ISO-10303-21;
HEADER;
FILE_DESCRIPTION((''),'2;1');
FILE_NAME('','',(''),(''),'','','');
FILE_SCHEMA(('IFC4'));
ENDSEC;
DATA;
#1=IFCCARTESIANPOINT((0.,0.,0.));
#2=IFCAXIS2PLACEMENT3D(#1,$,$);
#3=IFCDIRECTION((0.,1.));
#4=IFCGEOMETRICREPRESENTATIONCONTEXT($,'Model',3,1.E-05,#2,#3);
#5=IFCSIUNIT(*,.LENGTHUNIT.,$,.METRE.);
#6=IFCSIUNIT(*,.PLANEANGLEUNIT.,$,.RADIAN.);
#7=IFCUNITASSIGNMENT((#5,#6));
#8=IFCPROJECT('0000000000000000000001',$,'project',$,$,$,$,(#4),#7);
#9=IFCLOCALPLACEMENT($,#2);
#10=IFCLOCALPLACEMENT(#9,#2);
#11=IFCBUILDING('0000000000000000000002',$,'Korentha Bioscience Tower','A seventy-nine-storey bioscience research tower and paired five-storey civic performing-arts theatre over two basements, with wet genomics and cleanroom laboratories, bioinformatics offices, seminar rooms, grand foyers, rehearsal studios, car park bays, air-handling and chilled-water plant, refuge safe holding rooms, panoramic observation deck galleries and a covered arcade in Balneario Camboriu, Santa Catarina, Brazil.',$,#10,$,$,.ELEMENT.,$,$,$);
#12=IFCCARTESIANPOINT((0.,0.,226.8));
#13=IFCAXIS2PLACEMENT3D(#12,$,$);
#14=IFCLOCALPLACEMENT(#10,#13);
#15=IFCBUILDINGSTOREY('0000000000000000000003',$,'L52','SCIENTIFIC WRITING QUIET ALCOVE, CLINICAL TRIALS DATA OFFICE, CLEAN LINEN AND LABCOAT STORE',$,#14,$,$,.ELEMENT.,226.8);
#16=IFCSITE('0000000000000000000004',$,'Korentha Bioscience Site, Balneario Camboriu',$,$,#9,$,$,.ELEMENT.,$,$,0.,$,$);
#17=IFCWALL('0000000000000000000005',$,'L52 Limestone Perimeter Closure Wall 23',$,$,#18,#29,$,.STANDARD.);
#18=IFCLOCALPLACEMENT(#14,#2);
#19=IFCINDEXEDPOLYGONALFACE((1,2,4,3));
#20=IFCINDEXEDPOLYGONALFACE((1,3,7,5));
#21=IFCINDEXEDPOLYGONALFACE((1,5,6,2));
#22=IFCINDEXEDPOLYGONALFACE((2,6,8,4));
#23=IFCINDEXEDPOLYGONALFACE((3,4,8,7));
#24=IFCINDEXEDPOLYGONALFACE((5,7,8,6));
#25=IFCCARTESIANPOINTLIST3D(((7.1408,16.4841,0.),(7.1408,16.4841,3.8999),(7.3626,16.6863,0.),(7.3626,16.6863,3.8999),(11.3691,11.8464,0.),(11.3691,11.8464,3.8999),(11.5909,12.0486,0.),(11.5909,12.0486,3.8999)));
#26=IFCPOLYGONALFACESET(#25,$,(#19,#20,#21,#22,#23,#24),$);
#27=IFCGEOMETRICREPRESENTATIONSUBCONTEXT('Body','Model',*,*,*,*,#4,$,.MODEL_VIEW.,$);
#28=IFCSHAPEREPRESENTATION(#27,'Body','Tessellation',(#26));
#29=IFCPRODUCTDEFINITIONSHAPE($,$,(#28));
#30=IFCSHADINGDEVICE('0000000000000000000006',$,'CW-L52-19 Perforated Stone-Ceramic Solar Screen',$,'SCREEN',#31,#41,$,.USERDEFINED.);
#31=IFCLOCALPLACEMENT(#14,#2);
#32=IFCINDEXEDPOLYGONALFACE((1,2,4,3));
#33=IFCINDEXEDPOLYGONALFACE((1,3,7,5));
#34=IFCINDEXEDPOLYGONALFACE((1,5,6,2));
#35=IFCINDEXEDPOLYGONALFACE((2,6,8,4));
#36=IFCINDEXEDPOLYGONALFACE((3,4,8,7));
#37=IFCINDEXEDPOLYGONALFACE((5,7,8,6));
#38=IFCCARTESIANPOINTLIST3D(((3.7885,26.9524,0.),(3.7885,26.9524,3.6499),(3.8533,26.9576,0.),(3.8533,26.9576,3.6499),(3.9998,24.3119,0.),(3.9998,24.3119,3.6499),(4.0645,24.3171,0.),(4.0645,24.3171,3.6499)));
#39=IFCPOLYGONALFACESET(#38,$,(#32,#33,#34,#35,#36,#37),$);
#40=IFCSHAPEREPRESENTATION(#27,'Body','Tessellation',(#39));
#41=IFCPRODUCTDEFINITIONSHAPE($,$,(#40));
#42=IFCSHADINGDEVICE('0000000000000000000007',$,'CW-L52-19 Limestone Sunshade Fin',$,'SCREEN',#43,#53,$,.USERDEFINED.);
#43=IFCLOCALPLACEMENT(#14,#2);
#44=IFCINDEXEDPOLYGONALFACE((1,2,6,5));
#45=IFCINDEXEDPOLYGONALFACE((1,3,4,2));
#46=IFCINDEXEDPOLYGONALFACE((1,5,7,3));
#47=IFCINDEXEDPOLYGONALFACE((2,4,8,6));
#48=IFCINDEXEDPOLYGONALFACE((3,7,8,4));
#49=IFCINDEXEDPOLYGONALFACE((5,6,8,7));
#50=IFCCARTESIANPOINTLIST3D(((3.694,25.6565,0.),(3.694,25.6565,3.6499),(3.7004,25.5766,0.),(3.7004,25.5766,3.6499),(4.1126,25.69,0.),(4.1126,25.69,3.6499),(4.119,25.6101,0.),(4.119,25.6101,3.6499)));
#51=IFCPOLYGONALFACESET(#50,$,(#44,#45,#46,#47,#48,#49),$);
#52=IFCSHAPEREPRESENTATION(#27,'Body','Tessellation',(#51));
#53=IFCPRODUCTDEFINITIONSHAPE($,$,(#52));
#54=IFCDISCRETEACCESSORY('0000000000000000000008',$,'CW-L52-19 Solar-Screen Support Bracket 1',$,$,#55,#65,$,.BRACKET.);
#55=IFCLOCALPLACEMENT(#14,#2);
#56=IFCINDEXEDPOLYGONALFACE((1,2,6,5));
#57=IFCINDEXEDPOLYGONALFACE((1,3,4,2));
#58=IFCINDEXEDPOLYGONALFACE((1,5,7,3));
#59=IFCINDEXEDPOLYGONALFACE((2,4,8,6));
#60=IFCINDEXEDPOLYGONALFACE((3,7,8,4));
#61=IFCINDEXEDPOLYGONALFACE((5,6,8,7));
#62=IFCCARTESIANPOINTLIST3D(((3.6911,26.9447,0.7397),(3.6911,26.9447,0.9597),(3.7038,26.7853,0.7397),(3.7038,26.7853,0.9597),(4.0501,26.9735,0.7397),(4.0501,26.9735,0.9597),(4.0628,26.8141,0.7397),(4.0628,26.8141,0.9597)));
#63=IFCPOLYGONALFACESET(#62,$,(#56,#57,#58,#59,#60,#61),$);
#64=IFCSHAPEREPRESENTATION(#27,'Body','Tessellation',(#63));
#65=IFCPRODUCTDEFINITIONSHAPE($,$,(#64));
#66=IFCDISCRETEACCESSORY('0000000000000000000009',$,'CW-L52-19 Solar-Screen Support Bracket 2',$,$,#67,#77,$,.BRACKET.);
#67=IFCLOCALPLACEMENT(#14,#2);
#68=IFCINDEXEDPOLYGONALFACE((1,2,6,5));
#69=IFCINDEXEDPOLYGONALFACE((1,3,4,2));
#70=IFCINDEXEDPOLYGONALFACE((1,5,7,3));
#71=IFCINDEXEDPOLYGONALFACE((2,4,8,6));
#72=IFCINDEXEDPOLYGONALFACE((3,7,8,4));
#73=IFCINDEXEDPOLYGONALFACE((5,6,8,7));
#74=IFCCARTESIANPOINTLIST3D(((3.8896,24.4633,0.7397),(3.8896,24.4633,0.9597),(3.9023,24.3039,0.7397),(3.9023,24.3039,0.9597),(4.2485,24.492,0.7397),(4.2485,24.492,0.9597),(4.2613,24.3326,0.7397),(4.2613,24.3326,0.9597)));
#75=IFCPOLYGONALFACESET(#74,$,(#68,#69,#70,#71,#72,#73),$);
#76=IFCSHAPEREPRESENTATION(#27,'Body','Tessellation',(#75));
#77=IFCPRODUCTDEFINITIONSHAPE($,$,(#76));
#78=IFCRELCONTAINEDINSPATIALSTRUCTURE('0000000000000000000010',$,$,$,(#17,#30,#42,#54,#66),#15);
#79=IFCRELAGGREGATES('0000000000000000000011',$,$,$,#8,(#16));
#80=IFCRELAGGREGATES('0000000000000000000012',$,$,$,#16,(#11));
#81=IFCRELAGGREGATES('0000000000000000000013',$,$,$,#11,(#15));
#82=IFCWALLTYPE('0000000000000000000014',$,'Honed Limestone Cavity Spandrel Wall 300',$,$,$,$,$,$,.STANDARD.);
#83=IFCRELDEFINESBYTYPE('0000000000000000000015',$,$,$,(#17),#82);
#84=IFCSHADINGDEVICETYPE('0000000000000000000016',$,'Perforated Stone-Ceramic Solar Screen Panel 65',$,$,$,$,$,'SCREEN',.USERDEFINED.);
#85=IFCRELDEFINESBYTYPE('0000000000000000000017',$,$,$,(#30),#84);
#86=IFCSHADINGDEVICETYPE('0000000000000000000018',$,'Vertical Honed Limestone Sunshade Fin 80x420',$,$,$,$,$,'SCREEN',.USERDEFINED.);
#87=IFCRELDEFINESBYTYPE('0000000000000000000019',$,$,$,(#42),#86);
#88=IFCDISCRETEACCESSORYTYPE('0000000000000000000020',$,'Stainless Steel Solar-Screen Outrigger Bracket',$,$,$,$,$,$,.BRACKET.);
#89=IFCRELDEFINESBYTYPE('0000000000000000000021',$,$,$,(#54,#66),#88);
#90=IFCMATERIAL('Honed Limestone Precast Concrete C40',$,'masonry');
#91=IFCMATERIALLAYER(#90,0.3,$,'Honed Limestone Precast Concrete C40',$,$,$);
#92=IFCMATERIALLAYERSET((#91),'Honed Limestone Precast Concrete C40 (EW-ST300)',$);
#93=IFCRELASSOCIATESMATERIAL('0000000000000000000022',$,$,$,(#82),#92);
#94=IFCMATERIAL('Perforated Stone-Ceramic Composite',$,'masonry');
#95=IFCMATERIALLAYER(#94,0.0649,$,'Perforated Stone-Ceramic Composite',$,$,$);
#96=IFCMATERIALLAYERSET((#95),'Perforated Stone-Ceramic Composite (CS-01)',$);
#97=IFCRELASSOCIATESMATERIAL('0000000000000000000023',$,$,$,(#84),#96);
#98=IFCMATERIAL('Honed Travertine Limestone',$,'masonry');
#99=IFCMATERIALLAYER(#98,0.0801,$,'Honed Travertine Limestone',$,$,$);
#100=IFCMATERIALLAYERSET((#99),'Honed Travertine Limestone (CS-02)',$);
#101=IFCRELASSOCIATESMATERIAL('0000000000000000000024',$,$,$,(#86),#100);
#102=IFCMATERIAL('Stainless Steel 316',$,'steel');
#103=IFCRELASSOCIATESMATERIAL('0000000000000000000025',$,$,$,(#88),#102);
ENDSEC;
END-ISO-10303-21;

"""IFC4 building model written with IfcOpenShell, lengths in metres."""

from ifc_helpers import new_model, si_unit, direction, frame, frame_2d, origin, origin_2d, place, context, subcontext, project, spatial, rectangle, extrude, material, layer, layer_set, type_object, element, save


model = new_model("IFC4")

# Units and contexts
model_context = context("Model", 3, precision=1e-05, world=origin(), true_north=direction((0.0, 1.0)))
body_context = subcontext(model_context, "Body", "Model", "MODEL_VIEW")
ifc_project = project(units=[si_unit("LENGTHUNIT", "METRE"), si_unit("PLANEANGLEUNIT", "RADIAN")], contexts=[model_context])

# Site, building, storey
site_placement = place(None, origin())
site = spatial("IfcSite", under=ifc_project, at=site_placement, Name="Korentha Bioscience Site, Balneario Camboriu", CompositionType="ELEMENT", RefElevation=0.0)
building_placement = place(site_placement, origin())
building = spatial("IfcBuilding", under=site, at=building_placement, Name="Korentha Bioscience Tower", Description="A seventy-nine-storey bioscience research tower and paired five-storey civic performing-arts theatre over two basements, with wet genomics and cleanroom laboratories, bioinformatics offices, seminar rooms, grand foyers, rehearsal studios, car park bays, air-handling and chilled-water plant, refuge safe holding rooms, panoramic observation deck galleries and a covered arcade in Balneario Camboriu, Santa Catarina, Brazil.", CompositionType="ELEMENT")
storey_placement = place(building_placement, frame((0.0, 0.0, 226.8)))
storey = spatial("IfcBuildingStorey", under=building, at=storey_placement, Name="L52", Description="SCIENTIFIC WRITING QUIET ALCOVE, CLINICAL TRIALS DATA OFFICE, CLEAN LINEN AND LABCOAT STORE", CompositionType="ELEMENT", Elevation=226.8)

# Shared definitions
ifc_material_1 = material(Name="Honed Limestone Precast Concrete C40", Category="masonry")
ifc_layer_1 = layer(ifc_material_1, 0.3, Name="Honed Limestone Precast Concrete C40")
ifc_layer_set_1 = layer_set([ifc_layer_1], Name="Honed Limestone Precast Concrete C40 (EW-ST300)")
wall_type_1 = type_object("IfcWallType", Name="Honed Limestone Cavity Spandrel Wall 300", PredefinedType="STANDARD", material=ifc_layer_set_1)

# Wall
wall_1_placement = place(storey_placement, frame((7.2517, 16.5852, 0.0), z_axis=(0.0, 0.0, 1.0), x_axis=(0.673735, -0.738973, 0.0)))
element("IfcWall", 1, at=wall_1_placement, inside=storey, type_object=wall_type_1, Name="L52 Limestone Perimeter Closure Wall 23", PredefinedType="STANDARD", context=body_context, shape_type="SweptSolid", body=[
    extrude(rectangle(XDim=6.2759, YDim=0.3, at=frame_2d((3.1379, 0.0))), origin(), (0.0, 0.0, 1.0), 3.8999),
])

# Shading devices
ifc_material_2 = material(Name="Perforated Stone-Ceramic Composite", Category="masonry")
ifc_layer_2 = layer(ifc_material_2, 0.0649, Name="Perforated Stone-Ceramic Composite")
ifc_layer_set_2 = layer_set([ifc_layer_2], Name="Perforated Stone-Ceramic Composite (CS-01)")
shading_device_type_1 = type_object("IfcShadingDeviceType", Name="Perforated Stone-Ceramic Solar Screen Panel 65", ElementType="SCREEN", PredefinedType="USERDEFINED", material=ifc_layer_set_2)
shading_device_1_placement = place(storey_placement, frame((3.9265, 25.6348, 0.0), z_axis=(0.0, 0.0, 1.0), x_axis=(0.079748, -0.996815, 0.0)))
element("IfcShadingDevice", 2, at=shading_device_1_placement, inside=storey, type_object=shading_device_type_1, Name="CW-L52-19 Perforated Stone-Ceramic Solar Screen", ObjectType="SCREEN", PredefinedType="USERDEFINED", context=body_context, shape_type="SweptSolid", body=[
    extrude(rectangle(XDim=2.6489, YDim=0.0649, at=origin_2d()), origin(), (0.0, 0.0, 1.0), 3.6499),
])
ifc_material_3 = material(Name="Honed Travertine Limestone", Category="masonry")
ifc_layer_3 = layer(ifc_material_3, 0.0801, Name="Honed Travertine Limestone")
ifc_layer_set_3 = layer_set([ifc_layer_3], Name="Honed Travertine Limestone (CS-02)")
shading_device_type_2 = type_object("IfcShadingDeviceType", Name="Vertical Honed Limestone Sunshade Fin 80x420", ElementType="SCREEN", PredefinedType="USERDEFINED", material=ifc_layer_set_3)
shading_device_2_placement = place(storey_placement, frame((3.9065, 25.6333, 0.0), z_axis=(0.0, 0.0, 1.0), x_axis=(0.079748, -0.996815, 0.0)))
element("IfcShadingDevice", 3, at=shading_device_2_placement, inside=storey, type_object=shading_device_type_2, Name="CW-L52-19 Limestone Sunshade Fin", ObjectType="SCREEN", PredefinedType="USERDEFINED", context=body_context, shape_type="SweptSolid", body=[
    extrude(rectangle(XDim=0.0801, YDim=0.4199, at=origin_2d()), origin(), (0.0, 0.0, 1.0), 3.6499),
])

# Discrete accessories
ifc_material_4 = material(Name="Stainless Steel 316", Category="steel")
discrete_accessory_type = type_object("IfcDiscreteAccessoryType", Name="Stainless Steel Solar-Screen Outrigger Bracket", PredefinedType="BRACKET", material=ifc_material_4)
for number, where, z_axis, x_axis, name in (
    (4, (3.877, 26.8794, 0.7397), (0.0, 0.0, 1.0), (0.079748, -0.996815, 0.0), "CW-L52-19 Solar-Screen Support Bracket 1"),
    (5, (4.0754, 24.3979, 0.7397), (0.0, 0.0, 1.0), (0.079748, -0.996815, 0.0), "CW-L52-19 Solar-Screen Support Bracket 2"),
):
    element("IfcDiscreteAccessory", number, at=place(storey_placement, frame(where, z_axis=z_axis, x_axis=x_axis)), inside=storey, type_object=discrete_accessory_type, Name=name, PredefinedType="BRACKET", context=body_context, shape_type="SweptSolid", body=[
        extrude(rectangle(XDim=0.1599, YDim=0.3601, at=origin_2d()), origin(), (0.0, 0.0, 1.0), 0.22),
    ])

save(model, "model.ifc")
